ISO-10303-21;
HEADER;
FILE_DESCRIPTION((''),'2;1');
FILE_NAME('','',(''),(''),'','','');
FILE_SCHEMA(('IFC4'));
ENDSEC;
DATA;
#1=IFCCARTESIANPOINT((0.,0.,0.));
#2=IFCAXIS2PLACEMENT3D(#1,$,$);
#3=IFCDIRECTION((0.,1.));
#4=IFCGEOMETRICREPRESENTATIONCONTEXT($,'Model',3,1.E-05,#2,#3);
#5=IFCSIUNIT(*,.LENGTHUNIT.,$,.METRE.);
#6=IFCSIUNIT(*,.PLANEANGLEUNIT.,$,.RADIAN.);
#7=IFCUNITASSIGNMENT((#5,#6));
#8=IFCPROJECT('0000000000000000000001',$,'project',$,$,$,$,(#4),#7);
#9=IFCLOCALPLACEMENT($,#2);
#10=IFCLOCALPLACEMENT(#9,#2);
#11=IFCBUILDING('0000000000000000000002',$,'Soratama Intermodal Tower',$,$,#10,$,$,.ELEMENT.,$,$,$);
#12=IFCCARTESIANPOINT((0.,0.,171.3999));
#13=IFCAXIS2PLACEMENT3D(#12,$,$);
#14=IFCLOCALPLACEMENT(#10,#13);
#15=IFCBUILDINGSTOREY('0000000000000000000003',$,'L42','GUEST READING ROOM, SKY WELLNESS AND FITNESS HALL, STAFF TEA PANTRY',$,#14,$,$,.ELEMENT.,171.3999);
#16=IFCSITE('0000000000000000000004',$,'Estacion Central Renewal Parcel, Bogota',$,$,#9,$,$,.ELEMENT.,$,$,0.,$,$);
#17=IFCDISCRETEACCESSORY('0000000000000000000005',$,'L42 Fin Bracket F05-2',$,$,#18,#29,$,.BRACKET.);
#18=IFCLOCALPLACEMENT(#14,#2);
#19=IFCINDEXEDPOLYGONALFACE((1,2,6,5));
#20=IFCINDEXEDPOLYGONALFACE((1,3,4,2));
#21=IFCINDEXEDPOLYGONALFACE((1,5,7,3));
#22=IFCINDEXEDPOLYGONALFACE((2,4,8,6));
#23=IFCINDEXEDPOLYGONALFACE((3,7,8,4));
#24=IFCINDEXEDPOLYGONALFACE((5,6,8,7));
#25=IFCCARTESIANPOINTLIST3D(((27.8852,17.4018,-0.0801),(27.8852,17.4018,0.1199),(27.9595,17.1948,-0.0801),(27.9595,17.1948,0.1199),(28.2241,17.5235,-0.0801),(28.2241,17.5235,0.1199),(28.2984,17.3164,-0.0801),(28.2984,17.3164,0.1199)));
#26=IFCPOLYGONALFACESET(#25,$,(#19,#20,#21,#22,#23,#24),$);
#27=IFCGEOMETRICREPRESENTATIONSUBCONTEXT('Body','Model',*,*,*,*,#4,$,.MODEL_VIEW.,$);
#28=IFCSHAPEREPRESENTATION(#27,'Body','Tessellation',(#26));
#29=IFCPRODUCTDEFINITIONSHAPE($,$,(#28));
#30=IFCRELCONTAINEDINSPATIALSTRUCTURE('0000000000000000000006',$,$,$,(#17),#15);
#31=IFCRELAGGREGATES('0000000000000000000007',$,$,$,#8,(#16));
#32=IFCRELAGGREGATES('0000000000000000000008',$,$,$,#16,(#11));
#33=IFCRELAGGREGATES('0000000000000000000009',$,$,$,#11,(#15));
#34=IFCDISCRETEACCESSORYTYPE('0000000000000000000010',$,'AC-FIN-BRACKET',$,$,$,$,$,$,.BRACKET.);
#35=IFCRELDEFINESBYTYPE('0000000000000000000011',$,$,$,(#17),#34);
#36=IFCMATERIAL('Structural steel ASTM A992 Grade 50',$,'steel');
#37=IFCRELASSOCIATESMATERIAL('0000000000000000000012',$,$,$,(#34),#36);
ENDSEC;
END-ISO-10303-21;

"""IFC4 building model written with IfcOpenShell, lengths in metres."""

from ifc_helpers import new_model, si_unit, direction, frame, origin, origin_2d, place, context, subcontext, project, spatial, rectangle, extrude, material, type_object, element, save


model = new_model("IFC4")

# Units and contexts
model_context = context("Model", 3, precision=1e-05, world=origin(), true_north=direction((0.0, 1.0)))
body_context = subcontext(model_context, "Body", "Model", "MODEL_VIEW")
ifc_project = project(units=[si_unit("LENGTHUNIT", "METRE"), si_unit("PLANEANGLEUNIT", "RADIAN")], contexts=[model_context])

# Site, building, storey
site_placement = place(None, origin())
site = spatial("IfcSite", under=ifc_project, at=site_placement, Name="Estacion Central Renewal Parcel, Bogota", CompositionType="ELEMENT", RefElevation=0.0)
building_placement = place(site_placement, origin())
building = spatial("IfcBuilding", under=site, at=building_placement, Name="Soratama Intermodal Tower", CompositionType="ELEMENT")
storey_placement = place(building_placement, frame((0.0, 0.0, 171.3999)))
storey = spatial("IfcBuildingStorey", under=building, at=storey_placement, Name="L42", Description="GUEST READING ROOM, SKY WELLNESS AND FITNESS HALL, STAFF TEA PANTRY", CompositionType="ELEMENT", Elevation=171.3999)

# Discrete accessory
ifc_material_1 = material(Name="Structural steel ASTM A992 Grade 50", Category="steel")
discrete_accessory_type = type_object("IfcDiscreteAccessoryType", Name="AC-FIN-BRACKET", PredefinedType="BRACKET", material=ifc_material_1)
discrete_accessory_placement = place(storey_placement, frame((28.0918, 17.3591, -0.0801), z_axis=(0.0, 0.0, 1.0), x_axis=(-0.941235, -0.337752, 0.0)))
element("IfcDiscreteAccessory", 1, at=discrete_accessory_placement, inside=storey, type_object=discrete_accessory_type, Name="L42 Fin Bracket F05-2", PredefinedType="BRACKET", context=body_context, shape_type="SweptSolid", body=[
    extrude(rectangle(XDim=0.3601, YDim=0.22, at=origin_2d()), origin(), (0.0, 0.0, 1.0), 0.2),
])

save(model, "model.ifc")
